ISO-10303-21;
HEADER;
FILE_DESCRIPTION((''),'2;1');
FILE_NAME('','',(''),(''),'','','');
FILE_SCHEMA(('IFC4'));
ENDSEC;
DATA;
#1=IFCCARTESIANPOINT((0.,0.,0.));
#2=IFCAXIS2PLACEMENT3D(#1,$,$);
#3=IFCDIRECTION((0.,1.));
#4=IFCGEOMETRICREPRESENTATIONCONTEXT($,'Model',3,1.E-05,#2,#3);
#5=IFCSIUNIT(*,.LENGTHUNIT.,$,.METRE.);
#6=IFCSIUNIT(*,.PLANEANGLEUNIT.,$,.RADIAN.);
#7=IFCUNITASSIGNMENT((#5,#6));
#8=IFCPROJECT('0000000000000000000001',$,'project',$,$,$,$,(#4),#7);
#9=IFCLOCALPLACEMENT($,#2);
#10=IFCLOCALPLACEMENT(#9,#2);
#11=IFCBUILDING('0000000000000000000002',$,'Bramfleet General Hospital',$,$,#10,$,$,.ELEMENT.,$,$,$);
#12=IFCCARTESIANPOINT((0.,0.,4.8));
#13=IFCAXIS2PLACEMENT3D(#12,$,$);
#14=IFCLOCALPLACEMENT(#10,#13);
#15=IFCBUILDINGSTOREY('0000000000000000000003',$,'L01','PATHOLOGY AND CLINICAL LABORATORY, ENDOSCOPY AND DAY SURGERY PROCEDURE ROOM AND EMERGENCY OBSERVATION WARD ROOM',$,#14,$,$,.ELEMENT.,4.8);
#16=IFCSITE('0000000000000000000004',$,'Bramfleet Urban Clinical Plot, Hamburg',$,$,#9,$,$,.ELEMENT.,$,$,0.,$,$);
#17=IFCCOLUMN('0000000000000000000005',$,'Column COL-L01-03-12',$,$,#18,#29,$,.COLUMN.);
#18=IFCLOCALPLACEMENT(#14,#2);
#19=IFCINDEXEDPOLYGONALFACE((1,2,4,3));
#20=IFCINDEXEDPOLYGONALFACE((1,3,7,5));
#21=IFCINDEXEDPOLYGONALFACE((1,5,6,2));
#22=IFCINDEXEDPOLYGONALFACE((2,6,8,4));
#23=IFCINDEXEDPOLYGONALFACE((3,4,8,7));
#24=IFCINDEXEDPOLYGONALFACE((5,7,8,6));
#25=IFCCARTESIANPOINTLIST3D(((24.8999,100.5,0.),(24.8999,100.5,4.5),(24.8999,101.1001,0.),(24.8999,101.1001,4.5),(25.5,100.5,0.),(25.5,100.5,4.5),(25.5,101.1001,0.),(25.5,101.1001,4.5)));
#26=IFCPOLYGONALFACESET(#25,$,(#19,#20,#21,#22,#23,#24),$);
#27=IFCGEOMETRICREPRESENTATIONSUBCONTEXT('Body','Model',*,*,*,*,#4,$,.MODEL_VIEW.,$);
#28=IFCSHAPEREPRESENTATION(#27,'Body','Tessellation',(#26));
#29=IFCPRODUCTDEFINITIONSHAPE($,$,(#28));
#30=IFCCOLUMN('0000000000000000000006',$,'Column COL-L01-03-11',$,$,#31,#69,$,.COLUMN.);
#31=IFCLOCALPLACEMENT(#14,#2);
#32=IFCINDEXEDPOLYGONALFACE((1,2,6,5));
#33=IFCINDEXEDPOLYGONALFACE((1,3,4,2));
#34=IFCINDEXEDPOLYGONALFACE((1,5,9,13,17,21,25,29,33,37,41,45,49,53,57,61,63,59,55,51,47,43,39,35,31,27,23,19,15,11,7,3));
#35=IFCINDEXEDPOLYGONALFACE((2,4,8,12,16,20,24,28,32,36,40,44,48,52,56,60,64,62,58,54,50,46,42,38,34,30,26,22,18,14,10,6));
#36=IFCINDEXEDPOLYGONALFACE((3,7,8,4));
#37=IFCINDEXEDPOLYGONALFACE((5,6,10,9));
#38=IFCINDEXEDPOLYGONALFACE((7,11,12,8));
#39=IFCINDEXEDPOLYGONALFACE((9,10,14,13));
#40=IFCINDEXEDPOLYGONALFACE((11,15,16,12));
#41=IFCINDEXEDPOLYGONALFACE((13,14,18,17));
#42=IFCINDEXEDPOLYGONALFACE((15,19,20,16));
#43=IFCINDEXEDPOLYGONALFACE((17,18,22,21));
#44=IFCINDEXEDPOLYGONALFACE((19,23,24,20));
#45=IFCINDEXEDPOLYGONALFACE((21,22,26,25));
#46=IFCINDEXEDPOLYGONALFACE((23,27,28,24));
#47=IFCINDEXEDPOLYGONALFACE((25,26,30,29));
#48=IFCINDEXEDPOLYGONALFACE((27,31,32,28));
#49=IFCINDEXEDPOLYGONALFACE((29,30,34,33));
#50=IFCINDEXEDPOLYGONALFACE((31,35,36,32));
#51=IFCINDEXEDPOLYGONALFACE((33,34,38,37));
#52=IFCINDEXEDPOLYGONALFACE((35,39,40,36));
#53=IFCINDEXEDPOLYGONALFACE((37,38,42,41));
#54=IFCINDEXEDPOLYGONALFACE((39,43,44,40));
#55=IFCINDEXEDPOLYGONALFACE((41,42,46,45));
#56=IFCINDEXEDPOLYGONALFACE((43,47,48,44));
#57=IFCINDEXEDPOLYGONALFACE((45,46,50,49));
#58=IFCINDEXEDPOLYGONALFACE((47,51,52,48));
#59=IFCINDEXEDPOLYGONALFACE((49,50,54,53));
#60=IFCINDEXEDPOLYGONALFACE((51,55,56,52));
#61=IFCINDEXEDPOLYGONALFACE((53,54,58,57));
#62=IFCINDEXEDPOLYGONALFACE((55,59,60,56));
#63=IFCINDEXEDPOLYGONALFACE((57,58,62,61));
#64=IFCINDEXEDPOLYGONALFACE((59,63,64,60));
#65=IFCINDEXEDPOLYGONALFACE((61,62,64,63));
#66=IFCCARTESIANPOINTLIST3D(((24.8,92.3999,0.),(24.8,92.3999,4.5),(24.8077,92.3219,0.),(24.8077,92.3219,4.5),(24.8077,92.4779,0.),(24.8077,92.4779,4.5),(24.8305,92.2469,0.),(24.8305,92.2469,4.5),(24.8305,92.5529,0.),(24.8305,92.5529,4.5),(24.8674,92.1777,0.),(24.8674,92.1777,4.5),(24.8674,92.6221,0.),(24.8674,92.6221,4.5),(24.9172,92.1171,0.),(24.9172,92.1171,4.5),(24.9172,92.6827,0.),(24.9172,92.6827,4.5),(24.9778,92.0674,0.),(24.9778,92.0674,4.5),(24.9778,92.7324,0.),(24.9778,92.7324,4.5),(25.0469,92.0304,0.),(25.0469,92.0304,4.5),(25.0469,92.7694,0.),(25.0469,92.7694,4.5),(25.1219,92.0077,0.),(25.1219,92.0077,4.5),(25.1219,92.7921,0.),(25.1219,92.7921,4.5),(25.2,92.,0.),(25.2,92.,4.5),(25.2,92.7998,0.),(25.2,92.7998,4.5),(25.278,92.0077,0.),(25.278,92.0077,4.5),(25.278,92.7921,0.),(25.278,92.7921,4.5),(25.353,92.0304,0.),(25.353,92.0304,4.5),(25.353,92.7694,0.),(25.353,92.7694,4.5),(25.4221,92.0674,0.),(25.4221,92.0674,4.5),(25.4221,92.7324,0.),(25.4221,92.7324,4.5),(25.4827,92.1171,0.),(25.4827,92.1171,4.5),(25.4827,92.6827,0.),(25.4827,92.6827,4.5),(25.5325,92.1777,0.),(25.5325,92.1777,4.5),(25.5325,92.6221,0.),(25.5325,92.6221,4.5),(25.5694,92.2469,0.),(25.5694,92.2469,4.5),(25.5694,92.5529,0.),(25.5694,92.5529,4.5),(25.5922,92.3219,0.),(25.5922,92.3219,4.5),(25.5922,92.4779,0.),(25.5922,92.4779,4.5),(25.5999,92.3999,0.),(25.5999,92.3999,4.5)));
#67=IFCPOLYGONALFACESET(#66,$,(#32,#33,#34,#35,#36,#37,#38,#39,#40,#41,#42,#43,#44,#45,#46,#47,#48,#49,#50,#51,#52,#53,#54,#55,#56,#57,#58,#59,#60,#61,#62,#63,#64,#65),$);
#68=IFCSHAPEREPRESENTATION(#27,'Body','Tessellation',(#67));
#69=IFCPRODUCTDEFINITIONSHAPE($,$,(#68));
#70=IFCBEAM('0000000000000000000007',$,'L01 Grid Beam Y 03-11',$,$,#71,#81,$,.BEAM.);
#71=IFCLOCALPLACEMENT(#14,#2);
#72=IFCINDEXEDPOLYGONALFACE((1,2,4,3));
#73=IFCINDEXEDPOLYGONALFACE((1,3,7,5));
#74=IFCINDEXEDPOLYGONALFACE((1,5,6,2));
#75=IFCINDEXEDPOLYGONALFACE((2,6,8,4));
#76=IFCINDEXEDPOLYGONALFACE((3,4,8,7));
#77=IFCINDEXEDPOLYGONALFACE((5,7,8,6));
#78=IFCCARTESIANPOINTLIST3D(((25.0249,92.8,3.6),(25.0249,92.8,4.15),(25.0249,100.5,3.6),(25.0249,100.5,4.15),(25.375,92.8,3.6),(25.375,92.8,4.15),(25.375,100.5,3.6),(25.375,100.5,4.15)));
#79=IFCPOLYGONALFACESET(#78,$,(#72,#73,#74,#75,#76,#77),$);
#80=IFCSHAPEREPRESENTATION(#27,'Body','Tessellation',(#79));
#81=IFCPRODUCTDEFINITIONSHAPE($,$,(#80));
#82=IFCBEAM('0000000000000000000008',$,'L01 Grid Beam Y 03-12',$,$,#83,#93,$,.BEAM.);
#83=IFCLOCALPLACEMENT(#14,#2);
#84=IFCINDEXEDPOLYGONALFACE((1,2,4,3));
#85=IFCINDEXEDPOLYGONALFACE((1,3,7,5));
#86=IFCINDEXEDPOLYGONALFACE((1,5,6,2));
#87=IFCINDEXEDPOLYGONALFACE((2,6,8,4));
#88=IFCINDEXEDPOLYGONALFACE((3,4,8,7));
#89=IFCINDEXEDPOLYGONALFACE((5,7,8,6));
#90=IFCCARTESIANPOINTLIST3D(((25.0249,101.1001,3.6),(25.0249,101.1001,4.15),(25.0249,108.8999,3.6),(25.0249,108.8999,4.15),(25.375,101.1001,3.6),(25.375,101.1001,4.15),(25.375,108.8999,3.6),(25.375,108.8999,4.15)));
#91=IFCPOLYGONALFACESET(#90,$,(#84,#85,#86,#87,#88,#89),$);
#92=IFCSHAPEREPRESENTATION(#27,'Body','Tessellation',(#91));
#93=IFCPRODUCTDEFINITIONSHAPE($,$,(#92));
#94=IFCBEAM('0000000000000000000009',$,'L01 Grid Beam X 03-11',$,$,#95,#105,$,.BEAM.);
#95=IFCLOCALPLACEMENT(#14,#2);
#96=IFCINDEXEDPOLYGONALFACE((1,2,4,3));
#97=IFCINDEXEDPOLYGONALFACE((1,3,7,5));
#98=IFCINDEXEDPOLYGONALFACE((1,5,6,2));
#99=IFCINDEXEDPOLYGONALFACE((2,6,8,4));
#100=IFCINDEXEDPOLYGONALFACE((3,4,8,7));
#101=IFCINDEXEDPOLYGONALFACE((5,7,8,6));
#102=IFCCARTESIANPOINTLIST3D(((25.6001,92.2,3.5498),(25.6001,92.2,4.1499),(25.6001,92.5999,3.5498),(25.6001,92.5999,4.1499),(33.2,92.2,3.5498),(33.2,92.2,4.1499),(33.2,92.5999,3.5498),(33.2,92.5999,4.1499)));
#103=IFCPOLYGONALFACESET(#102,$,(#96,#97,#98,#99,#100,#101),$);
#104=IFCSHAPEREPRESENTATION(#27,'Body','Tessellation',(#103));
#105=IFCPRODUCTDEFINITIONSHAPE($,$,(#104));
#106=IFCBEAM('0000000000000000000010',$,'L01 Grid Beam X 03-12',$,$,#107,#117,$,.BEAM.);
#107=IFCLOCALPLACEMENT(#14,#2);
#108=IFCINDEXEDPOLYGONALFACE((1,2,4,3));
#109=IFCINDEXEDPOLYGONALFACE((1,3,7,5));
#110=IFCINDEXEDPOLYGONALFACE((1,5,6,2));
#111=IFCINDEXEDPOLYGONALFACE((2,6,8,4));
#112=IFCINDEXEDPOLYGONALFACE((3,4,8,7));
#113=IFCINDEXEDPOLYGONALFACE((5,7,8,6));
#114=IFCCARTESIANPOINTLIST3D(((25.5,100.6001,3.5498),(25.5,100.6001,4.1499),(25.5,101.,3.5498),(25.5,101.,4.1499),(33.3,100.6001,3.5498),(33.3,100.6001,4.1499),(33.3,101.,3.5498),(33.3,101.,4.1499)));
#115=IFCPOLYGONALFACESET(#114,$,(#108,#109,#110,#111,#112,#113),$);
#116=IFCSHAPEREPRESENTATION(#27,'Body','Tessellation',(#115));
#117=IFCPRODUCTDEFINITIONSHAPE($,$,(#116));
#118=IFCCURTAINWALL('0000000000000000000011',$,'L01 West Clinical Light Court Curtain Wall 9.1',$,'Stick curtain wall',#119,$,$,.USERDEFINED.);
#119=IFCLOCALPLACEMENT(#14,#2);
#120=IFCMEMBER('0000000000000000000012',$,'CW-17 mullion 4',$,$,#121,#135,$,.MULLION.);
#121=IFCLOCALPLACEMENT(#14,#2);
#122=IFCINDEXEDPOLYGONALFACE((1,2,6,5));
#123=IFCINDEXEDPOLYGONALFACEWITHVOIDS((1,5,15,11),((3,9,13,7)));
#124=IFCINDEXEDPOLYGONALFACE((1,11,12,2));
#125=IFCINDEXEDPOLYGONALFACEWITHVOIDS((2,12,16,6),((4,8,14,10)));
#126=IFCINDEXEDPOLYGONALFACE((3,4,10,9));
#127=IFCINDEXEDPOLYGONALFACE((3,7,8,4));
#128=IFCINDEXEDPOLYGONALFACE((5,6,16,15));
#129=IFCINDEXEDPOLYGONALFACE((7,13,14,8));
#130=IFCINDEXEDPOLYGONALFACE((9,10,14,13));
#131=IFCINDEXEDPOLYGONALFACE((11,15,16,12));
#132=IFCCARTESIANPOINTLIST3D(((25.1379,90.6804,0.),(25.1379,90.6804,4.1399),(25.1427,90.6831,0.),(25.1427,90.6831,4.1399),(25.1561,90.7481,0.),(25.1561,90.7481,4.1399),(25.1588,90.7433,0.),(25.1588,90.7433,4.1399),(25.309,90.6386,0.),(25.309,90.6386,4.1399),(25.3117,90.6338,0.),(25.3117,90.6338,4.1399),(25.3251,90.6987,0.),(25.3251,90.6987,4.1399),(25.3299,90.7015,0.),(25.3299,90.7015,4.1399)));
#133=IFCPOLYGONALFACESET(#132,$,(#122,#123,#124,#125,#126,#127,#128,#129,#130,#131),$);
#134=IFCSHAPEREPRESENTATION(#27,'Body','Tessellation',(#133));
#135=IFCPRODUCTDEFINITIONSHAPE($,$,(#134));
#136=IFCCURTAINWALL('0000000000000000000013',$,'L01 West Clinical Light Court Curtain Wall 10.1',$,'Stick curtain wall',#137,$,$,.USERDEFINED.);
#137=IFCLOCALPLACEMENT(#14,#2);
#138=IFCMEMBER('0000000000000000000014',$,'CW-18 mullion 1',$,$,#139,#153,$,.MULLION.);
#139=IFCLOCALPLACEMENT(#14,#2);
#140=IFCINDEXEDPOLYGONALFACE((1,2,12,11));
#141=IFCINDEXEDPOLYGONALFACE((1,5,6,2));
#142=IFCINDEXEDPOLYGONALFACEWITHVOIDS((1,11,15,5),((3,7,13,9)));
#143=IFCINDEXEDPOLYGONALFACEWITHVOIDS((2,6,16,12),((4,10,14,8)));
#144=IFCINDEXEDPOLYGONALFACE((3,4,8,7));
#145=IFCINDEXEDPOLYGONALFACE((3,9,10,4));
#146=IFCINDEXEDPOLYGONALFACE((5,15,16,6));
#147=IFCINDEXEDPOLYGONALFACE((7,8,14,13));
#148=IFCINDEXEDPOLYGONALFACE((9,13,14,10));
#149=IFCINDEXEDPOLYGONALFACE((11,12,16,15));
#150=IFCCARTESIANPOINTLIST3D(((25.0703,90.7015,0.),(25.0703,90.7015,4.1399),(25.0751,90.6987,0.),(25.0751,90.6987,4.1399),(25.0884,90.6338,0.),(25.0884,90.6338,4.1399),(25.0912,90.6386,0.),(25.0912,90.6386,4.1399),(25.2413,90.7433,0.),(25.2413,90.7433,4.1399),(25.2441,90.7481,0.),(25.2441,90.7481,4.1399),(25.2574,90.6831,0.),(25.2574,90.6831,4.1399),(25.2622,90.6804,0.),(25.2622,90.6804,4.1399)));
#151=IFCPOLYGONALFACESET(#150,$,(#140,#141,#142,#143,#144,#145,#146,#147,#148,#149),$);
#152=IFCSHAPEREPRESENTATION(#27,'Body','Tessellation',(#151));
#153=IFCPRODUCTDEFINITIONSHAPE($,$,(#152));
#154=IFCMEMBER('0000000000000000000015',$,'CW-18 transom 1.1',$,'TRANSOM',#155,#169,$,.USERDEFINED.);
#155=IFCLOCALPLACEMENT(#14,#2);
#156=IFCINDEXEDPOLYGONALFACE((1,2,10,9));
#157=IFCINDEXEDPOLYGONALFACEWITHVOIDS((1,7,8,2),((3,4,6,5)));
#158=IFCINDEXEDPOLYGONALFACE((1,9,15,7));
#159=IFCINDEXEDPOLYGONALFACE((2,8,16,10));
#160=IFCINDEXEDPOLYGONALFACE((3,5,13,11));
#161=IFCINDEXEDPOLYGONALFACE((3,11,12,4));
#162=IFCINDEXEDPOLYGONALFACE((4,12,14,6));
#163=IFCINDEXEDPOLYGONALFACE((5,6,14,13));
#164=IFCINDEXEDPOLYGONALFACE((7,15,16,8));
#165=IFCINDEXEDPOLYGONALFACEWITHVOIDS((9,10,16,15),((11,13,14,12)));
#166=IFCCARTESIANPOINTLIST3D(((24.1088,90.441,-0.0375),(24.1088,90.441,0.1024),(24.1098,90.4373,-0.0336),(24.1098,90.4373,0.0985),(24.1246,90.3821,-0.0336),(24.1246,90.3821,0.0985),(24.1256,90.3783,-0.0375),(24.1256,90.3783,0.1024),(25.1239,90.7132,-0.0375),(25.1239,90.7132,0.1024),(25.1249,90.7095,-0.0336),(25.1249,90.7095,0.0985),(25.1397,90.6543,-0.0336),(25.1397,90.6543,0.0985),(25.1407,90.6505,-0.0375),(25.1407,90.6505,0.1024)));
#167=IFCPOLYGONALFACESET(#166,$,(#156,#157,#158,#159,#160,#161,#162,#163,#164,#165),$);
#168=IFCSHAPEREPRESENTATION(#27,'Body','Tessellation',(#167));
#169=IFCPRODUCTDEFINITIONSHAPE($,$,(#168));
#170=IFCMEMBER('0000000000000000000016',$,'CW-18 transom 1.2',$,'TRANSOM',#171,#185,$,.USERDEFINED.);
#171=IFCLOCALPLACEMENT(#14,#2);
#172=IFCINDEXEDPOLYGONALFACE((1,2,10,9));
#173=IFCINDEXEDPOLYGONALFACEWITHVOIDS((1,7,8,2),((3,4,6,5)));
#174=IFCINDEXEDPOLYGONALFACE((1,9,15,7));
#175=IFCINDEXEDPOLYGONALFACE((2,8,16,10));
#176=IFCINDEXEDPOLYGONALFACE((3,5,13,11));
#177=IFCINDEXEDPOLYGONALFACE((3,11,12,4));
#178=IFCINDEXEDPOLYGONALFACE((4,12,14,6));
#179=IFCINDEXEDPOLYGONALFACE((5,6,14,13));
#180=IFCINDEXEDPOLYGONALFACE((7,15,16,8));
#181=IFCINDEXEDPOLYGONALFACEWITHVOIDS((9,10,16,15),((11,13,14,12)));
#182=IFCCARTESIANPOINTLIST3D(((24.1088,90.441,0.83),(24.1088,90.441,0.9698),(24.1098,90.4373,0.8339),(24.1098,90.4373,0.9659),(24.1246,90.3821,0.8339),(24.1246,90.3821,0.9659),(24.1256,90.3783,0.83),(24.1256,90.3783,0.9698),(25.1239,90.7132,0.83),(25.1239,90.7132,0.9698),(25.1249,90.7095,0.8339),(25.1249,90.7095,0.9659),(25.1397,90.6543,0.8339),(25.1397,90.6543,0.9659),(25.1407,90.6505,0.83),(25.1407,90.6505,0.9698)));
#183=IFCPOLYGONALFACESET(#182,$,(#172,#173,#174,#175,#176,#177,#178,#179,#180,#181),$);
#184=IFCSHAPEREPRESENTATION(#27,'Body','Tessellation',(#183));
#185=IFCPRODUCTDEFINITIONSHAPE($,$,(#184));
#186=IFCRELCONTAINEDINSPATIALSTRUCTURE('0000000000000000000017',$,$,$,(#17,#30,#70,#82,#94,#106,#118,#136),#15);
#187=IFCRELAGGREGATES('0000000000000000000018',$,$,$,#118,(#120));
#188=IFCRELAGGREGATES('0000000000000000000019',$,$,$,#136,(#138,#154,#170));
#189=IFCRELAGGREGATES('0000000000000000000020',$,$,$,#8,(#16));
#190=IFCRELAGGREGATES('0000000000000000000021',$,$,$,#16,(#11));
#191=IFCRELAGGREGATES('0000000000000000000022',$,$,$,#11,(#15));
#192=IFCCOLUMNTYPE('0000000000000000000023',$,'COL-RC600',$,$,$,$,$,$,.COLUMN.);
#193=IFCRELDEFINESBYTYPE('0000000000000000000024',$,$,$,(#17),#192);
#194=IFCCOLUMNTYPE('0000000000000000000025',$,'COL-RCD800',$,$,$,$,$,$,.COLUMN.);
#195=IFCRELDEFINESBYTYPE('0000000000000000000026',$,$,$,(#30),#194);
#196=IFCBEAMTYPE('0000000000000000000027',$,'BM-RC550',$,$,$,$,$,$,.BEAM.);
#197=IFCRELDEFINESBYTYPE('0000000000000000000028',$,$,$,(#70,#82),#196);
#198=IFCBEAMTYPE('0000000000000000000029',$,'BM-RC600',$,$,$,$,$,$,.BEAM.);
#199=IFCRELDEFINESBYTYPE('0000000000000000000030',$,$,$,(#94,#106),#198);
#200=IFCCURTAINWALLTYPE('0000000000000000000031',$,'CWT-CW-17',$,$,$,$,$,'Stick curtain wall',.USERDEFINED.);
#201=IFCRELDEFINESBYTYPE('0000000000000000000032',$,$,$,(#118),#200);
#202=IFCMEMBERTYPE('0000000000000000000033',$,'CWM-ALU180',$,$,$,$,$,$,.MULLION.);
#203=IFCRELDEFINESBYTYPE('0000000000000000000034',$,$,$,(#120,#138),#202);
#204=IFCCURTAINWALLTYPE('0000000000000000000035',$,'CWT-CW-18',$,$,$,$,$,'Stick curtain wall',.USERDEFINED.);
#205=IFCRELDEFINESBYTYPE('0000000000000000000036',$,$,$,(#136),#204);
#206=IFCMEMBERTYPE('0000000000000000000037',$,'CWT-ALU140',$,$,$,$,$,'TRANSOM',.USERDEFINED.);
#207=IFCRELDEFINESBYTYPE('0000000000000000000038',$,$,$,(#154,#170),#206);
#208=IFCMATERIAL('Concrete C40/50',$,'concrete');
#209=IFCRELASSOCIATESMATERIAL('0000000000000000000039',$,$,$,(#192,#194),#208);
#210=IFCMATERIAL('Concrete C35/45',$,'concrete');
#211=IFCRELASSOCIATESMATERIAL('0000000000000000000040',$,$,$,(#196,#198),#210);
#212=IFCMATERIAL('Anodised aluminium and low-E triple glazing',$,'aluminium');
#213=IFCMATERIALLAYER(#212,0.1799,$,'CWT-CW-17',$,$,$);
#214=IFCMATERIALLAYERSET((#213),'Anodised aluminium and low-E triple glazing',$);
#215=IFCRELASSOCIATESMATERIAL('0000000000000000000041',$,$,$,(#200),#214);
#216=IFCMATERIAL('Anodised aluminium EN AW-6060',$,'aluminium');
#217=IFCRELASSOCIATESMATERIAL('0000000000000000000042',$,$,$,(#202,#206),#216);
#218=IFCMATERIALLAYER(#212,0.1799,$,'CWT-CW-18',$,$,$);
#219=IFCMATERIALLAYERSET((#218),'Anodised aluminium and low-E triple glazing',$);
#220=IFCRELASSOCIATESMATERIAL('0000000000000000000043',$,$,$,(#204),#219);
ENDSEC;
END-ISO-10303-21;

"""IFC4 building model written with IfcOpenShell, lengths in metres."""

from ifc_helpers import new_model, si_unit, direction, frame, origin, origin_2d, place, context, subcontext, project, spatial, rectangle, hollow_rectangle, circle, extrude, material, layer, layer_set, material_profile, profile_set, type_object, element, aggregate, save


model = new_model("IFC4")

# Units and contexts
model_context = context("Model", 3, precision=1e-05, world=origin(), true_north=direction((0.0, 1.0)))
body_context = subcontext(model_context, "Body", "Model", "MODEL_VIEW")
ifc_project = project(units=[si_unit("LENGTHUNIT", "METRE"), si_unit("PLANEANGLEUNIT", "RADIAN")], contexts=[model_context])

# Site, building, storey
site_placement = place(None, origin())
site = spatial("IfcSite", under=ifc_project, at=site_placement, Name="Bramfleet Urban Clinical Plot, Hamburg", CompositionType="ELEMENT", RefElevation=0.0)
building_placement = place(site_placement, origin())
building = spatial("IfcBuilding", under=site, at=building_placement, Name="Bramfleet General Hospital", CompositionType="ELEMENT")
storey_placement = place(building_placement, frame((0.0, 0.0, 4.8)))
storey = spatial("IfcBuildingStorey", under=building, at=storey_placement, Name="L01", Description="PATHOLOGY AND CLINICAL LABORATORY, ENDOSCOPY AND DAY SURGERY PROCEDURE ROOM AND EMERGENCY OBSERVATION WARD ROOM", CompositionType="ELEMENT", Elevation=4.8)

# Columns
ifc_material_1 = material(Name="Concrete C40/50", Category="concrete")
ifc_material_profile_1 = material_profile(ifc_material_1, rectangle(XDim=0.6001, YDim=0.6001, at=origin_2d()), Name="RC COL 600x600")
ifc_profile_set_1 = profile_set([ifc_material_profile_1], Name="Concrete C40/50")
column_type_1 = type_object("IfcColumnType", Name="COL-RC600", PredefinedType="COLUMN", material=ifc_profile_set_1)
column_1_placement = place(storey_placement, frame((25.2, 100.8, 0.0), z_axis=(0.0, 0.0, 1.0), x_axis=(1.0, 0.0, 0.0)))
element("IfcColumn", 1, at=column_1_placement, inside=storey, type_object=column_type_1, Name="Column COL-L01-03-12", PredefinedType="COLUMN", context=body_context, shape_type="SweptSolid", body=[
    extrude(rectangle(XDim=0.6001, YDim=0.6001, at=origin_2d()), origin(), (0.0, 0.0, 1.0), 4.5),
])
ifc_material_profile_2 = material_profile(ifc_material_1, circle(Radius=0.3999, at=origin_2d()), Name="RC ROUND D800")
ifc_profile_set_2 = profile_set([ifc_material_profile_2], Name="Concrete C40/50")
column_type_2 = type_object("IfcColumnType", Name="COL-RCD800", PredefinedType="COLUMN", material=ifc_profile_set_2)
column_2_placement = place(storey_placement, frame((25.2, 92.3999, 0.0), z_axis=(0.0, 0.0, 1.0), x_axis=(1.0, 0.0, 0.0)))
element("IfcColumn", 2, at=column_2_placement, inside=storey, type_object=column_type_2, Name="Column COL-L01-03-11", PredefinedType="COLUMN", context=body_context, shape_type="SweptSolid", body=[
    extrude(circle(Radius=0.3999, at=origin_2d()), origin(), (0.0, 0.0, 1.0), 4.5),
])

# Beams
ifc_material_2 = material(Name="Concrete C35/45", Category="concrete")
ifc_material_profile_3 = material_profile(ifc_material_2, rectangle(XDim=0.3501, YDim=0.55, at=origin_2d()), Name="RC BM 550x350")
ifc_profile_set_3 = profile_set([ifc_material_profile_3], Name="Concrete C35/45")
beam_type_1 = type_object("IfcBeamType", Name="BM-RC550", PredefinedType="BEAM", material=ifc_profile_set_3)
beam_1_placement = place(storey_placement, frame((25.2, 92.8, 3.875), z_axis=(0.0, 1.0, 0.0), x_axis=(-1.0, 0.0, 0.0)))
element("IfcBeam", 3, at=beam_1_placement, inside=storey, type_object=beam_type_1, Name="L01 Grid Beam Y 03-11", PredefinedType="BEAM", context=body_context, shape_type="SweptSolid", body=[
    extrude(rectangle(XDim=0.3501, YDim=0.55, at=origin_2d()), origin(), (0.0, 0.0, 1.0), 7.7),
])
beam_2_placement = place(storey_placement, frame((25.2, 101.1001, 3.875), z_axis=(0.0, 1.0, 0.0), x_axis=(-1.0, 0.0, 0.0)))
element("IfcBeam", 4, at=beam_2_placement, inside=storey, type_object=beam_type_1, Name="L01 Grid Beam Y 03-12", PredefinedType="BEAM", context=body_context, shape_type="SweptSolid", body=[
    extrude(rectangle(XDim=0.3501, YDim=0.55, at=origin_2d()), origin(), (0.0, 0.0, 1.0), 7.7998),
])
ifc_material_profile_4 = material_profile(ifc_material_2, rectangle(XDim=0.3999, YDim=0.6001, at=origin_2d()), Name="RC BM 600x400")
ifc_profile_set_4 = profile_set([ifc_material_profile_4], Name="Concrete C35/45")
beam_type_2 = type_object("IfcBeamType", Name="BM-RC600", PredefinedType="BEAM", material=ifc_profile_set_4)
beam_3_placement = place(storey_placement, frame((25.6001, 92.3999, 3.8499), z_axis=(1.0, 0.0, 0.0), x_axis=(0.0, 1.0, 0.0)))
element("IfcBeam", 5, at=beam_3_placement, inside=storey, type_object=beam_type_2, Name="L01 Grid Beam X 03-11", PredefinedType="BEAM", context=body_context, shape_type="SweptSolid", body=[
    extrude(rectangle(XDim=0.3999, YDim=0.6001, at=origin_2d()), origin(), (0.0, 0.0, 1.0), 7.5999),
])
beam_4_placement = place(storey_placement, frame((25.5, 100.8, 3.8499), z_axis=(1.0, 0.0, 0.0), x_axis=(0.0, 1.0, 0.0)))
element("IfcBeam", 6, at=beam_4_placement, inside=storey, type_object=beam_type_2, Name="L01 Grid Beam X 03-12", PredefinedType="BEAM", context=body_context, shape_type="SweptSolid", body=[
    extrude(rectangle(XDim=0.3999, YDim=0.6001, at=origin_2d()), origin(), (0.0, 0.0, 1.0), 7.8),
])

# Curtain wall, member
ifc_material_3 = material(Name="Anodised aluminium and low-E triple glazing", Category="aluminium")
ifc_layer_1 = layer(ifc_material_3, 0.1799, Name="CWT-CW-17")
ifc_layer_set_1 = layer_set([ifc_layer_1], Name="Anodised aluminium and low-E triple glazing")
curtain_wall_type_1 = type_object("IfcCurtainWallType", Name="CWT-CW-17", ElementType="Stick curtain wall", PredefinedType="USERDEFINED", material=ifc_layer_set_1)
curtain_wall_1_placement = place(storey_placement, origin())
curtain_wall_1 = element("IfcCurtainWall", 7, at=curtain_wall_1_placement, inside=storey, type_object=curtain_wall_type_1, Name="L01 West Clinical Light Court Curtain Wall 9.1", ObjectType="Stick curtain wall", PredefinedType="USERDEFINED")
ifc_material_4 = material(Name="Anodised aluminium EN AW-6060", Category="aluminium")
ifc_material_profile_5 = material_profile(ifc_material_4, hollow_rectangle(XDim=0.0701, YDim=0.1799, WallThickness=0.0039, at=origin_2d()), Name="ALU 180x70x4.0")
ifc_profile_set_5 = profile_set([ifc_material_profile_5], Name="Anodised aluminium EN AW-6060")
member_type_1 = type_object("IfcMemberType", Name="CWM-ALU180", PredefinedType="MULLION", material=ifc_profile_set_5)
member_1_placement = place(storey_placement, frame((25.2339, 90.6909, 0.0), z_axis=(0.0, 0.0, 1.0), x_axis=(-0.258919, -0.965899, 0.0)))
member_1 = element("IfcMember", 8, at=member_1_placement, type_object=member_type_1, Name="CW-17 mullion 4", PredefinedType="MULLION", context=body_context, shape_type="SweptSolid", body=[
    extrude(hollow_rectangle(XDim=0.0701, YDim=0.1799, WallThickness=0.0039, at=origin_2d()), origin(), (0.0, 0.0, 1.0), 4.1399),
])
aggregate(curtain_wall_1, [member_1])

# Curtain wall, members
ifc_layer_2 = layer(ifc_material_3, 0.1799, Name="CWT-CW-18")
ifc_layer_set_2 = layer_set([ifc_layer_2], Name="Anodised aluminium and low-E triple glazing")
curtain_wall_type_2 = type_object("IfcCurtainWallType", Name="CWT-CW-18", ElementType="Stick curtain wall", PredefinedType="USERDEFINED", material=ifc_layer_set_2)
curtain_wall_2_placement = place(storey_placement, origin())
curtain_wall_2 = element("IfcCurtainWall", 9, at=curtain_wall_2_placement, inside=storey, type_object=curtain_wall_type_2, Name="L01 West Clinical Light Court Curtain Wall 10.1", ObjectType="Stick curtain wall", PredefinedType="USERDEFINED")
member_2_placement = place(storey_placement, frame((25.1663, 90.6909, 0.0), z_axis=(0.0, 0.0, 1.0), x_axis=(0.258919, -0.965899, 0.0)))
member_2 = element("IfcMember", 10, at=member_2_placement, type_object=member_type_1, Name="CW-18 mullion 1", PredefinedType="MULLION", context=body_context, shape_type="SweptSolid", body=[
    extrude(hollow_rectangle(XDim=0.0701, YDim=0.1799, WallThickness=0.0039, at=origin_2d()), origin(), (0.0, 0.0, 1.0), 4.1399),
])
ifc_material_profile_6 = material_profile(ifc_material_4, hollow_rectangle(XDim=0.0649, YDim=0.1399, WallThickness=0.0039, at=origin_2d()), Name="ALU 140x65x4.0")
ifc_profile_set_6 = profile_set([ifc_material_profile_6], Name="Anodised aluminium EN AW-6060")
member_type_2 = type_object("IfcMemberType", Name="CWT-ALU140", ElementType="TRANSOM", PredefinedType="USERDEFINED", material=ifc_profile_set_6)
member_3_placement = place(storey_placement, frame((25.1323, 90.6819, 0.0325), z_axis=(-0.965875, -0.259007, 0.0), x_axis=(0.259007, -0.965875, 0.0)))
member_3 = element("IfcMember", 11, at=member_3_placement, type_object=member_type_2, Name="CW-18 transom 1.1", ObjectType="TRANSOM", PredefinedType="USERDEFINED", context=body_context, shape_type="SweptSolid", body=[
    extrude(hollow_rectangle(XDim=0.0649, YDim=0.1399, WallThickness=0.0039, at=origin_2d()), origin(), (0.0, 0.0, 1.0), 1.051),
])
member_4_placement = place(storey_placement, frame((25.1323, 90.6819, 0.8999), z_axis=(-0.965875, -0.259007, 0.0), x_axis=(0.259007, -0.965875, 0.0)))
member_4 = element("IfcMember", 12, at=member_4_placement, type_object=member_type_2, Name="CW-18 transom 1.2", ObjectType="TRANSOM", PredefinedType="USERDEFINED", context=body_context, shape_type="SweptSolid", body=[
    extrude(hollow_rectangle(XDim=0.0649, YDim=0.1399, WallThickness=0.0039, at=origin_2d()), origin(), (0.0, 0.0, 1.0), 1.051),
])
aggregate(curtain_wall_2, [member_2, member_3, member_4])

save(model, "model.ifc")
